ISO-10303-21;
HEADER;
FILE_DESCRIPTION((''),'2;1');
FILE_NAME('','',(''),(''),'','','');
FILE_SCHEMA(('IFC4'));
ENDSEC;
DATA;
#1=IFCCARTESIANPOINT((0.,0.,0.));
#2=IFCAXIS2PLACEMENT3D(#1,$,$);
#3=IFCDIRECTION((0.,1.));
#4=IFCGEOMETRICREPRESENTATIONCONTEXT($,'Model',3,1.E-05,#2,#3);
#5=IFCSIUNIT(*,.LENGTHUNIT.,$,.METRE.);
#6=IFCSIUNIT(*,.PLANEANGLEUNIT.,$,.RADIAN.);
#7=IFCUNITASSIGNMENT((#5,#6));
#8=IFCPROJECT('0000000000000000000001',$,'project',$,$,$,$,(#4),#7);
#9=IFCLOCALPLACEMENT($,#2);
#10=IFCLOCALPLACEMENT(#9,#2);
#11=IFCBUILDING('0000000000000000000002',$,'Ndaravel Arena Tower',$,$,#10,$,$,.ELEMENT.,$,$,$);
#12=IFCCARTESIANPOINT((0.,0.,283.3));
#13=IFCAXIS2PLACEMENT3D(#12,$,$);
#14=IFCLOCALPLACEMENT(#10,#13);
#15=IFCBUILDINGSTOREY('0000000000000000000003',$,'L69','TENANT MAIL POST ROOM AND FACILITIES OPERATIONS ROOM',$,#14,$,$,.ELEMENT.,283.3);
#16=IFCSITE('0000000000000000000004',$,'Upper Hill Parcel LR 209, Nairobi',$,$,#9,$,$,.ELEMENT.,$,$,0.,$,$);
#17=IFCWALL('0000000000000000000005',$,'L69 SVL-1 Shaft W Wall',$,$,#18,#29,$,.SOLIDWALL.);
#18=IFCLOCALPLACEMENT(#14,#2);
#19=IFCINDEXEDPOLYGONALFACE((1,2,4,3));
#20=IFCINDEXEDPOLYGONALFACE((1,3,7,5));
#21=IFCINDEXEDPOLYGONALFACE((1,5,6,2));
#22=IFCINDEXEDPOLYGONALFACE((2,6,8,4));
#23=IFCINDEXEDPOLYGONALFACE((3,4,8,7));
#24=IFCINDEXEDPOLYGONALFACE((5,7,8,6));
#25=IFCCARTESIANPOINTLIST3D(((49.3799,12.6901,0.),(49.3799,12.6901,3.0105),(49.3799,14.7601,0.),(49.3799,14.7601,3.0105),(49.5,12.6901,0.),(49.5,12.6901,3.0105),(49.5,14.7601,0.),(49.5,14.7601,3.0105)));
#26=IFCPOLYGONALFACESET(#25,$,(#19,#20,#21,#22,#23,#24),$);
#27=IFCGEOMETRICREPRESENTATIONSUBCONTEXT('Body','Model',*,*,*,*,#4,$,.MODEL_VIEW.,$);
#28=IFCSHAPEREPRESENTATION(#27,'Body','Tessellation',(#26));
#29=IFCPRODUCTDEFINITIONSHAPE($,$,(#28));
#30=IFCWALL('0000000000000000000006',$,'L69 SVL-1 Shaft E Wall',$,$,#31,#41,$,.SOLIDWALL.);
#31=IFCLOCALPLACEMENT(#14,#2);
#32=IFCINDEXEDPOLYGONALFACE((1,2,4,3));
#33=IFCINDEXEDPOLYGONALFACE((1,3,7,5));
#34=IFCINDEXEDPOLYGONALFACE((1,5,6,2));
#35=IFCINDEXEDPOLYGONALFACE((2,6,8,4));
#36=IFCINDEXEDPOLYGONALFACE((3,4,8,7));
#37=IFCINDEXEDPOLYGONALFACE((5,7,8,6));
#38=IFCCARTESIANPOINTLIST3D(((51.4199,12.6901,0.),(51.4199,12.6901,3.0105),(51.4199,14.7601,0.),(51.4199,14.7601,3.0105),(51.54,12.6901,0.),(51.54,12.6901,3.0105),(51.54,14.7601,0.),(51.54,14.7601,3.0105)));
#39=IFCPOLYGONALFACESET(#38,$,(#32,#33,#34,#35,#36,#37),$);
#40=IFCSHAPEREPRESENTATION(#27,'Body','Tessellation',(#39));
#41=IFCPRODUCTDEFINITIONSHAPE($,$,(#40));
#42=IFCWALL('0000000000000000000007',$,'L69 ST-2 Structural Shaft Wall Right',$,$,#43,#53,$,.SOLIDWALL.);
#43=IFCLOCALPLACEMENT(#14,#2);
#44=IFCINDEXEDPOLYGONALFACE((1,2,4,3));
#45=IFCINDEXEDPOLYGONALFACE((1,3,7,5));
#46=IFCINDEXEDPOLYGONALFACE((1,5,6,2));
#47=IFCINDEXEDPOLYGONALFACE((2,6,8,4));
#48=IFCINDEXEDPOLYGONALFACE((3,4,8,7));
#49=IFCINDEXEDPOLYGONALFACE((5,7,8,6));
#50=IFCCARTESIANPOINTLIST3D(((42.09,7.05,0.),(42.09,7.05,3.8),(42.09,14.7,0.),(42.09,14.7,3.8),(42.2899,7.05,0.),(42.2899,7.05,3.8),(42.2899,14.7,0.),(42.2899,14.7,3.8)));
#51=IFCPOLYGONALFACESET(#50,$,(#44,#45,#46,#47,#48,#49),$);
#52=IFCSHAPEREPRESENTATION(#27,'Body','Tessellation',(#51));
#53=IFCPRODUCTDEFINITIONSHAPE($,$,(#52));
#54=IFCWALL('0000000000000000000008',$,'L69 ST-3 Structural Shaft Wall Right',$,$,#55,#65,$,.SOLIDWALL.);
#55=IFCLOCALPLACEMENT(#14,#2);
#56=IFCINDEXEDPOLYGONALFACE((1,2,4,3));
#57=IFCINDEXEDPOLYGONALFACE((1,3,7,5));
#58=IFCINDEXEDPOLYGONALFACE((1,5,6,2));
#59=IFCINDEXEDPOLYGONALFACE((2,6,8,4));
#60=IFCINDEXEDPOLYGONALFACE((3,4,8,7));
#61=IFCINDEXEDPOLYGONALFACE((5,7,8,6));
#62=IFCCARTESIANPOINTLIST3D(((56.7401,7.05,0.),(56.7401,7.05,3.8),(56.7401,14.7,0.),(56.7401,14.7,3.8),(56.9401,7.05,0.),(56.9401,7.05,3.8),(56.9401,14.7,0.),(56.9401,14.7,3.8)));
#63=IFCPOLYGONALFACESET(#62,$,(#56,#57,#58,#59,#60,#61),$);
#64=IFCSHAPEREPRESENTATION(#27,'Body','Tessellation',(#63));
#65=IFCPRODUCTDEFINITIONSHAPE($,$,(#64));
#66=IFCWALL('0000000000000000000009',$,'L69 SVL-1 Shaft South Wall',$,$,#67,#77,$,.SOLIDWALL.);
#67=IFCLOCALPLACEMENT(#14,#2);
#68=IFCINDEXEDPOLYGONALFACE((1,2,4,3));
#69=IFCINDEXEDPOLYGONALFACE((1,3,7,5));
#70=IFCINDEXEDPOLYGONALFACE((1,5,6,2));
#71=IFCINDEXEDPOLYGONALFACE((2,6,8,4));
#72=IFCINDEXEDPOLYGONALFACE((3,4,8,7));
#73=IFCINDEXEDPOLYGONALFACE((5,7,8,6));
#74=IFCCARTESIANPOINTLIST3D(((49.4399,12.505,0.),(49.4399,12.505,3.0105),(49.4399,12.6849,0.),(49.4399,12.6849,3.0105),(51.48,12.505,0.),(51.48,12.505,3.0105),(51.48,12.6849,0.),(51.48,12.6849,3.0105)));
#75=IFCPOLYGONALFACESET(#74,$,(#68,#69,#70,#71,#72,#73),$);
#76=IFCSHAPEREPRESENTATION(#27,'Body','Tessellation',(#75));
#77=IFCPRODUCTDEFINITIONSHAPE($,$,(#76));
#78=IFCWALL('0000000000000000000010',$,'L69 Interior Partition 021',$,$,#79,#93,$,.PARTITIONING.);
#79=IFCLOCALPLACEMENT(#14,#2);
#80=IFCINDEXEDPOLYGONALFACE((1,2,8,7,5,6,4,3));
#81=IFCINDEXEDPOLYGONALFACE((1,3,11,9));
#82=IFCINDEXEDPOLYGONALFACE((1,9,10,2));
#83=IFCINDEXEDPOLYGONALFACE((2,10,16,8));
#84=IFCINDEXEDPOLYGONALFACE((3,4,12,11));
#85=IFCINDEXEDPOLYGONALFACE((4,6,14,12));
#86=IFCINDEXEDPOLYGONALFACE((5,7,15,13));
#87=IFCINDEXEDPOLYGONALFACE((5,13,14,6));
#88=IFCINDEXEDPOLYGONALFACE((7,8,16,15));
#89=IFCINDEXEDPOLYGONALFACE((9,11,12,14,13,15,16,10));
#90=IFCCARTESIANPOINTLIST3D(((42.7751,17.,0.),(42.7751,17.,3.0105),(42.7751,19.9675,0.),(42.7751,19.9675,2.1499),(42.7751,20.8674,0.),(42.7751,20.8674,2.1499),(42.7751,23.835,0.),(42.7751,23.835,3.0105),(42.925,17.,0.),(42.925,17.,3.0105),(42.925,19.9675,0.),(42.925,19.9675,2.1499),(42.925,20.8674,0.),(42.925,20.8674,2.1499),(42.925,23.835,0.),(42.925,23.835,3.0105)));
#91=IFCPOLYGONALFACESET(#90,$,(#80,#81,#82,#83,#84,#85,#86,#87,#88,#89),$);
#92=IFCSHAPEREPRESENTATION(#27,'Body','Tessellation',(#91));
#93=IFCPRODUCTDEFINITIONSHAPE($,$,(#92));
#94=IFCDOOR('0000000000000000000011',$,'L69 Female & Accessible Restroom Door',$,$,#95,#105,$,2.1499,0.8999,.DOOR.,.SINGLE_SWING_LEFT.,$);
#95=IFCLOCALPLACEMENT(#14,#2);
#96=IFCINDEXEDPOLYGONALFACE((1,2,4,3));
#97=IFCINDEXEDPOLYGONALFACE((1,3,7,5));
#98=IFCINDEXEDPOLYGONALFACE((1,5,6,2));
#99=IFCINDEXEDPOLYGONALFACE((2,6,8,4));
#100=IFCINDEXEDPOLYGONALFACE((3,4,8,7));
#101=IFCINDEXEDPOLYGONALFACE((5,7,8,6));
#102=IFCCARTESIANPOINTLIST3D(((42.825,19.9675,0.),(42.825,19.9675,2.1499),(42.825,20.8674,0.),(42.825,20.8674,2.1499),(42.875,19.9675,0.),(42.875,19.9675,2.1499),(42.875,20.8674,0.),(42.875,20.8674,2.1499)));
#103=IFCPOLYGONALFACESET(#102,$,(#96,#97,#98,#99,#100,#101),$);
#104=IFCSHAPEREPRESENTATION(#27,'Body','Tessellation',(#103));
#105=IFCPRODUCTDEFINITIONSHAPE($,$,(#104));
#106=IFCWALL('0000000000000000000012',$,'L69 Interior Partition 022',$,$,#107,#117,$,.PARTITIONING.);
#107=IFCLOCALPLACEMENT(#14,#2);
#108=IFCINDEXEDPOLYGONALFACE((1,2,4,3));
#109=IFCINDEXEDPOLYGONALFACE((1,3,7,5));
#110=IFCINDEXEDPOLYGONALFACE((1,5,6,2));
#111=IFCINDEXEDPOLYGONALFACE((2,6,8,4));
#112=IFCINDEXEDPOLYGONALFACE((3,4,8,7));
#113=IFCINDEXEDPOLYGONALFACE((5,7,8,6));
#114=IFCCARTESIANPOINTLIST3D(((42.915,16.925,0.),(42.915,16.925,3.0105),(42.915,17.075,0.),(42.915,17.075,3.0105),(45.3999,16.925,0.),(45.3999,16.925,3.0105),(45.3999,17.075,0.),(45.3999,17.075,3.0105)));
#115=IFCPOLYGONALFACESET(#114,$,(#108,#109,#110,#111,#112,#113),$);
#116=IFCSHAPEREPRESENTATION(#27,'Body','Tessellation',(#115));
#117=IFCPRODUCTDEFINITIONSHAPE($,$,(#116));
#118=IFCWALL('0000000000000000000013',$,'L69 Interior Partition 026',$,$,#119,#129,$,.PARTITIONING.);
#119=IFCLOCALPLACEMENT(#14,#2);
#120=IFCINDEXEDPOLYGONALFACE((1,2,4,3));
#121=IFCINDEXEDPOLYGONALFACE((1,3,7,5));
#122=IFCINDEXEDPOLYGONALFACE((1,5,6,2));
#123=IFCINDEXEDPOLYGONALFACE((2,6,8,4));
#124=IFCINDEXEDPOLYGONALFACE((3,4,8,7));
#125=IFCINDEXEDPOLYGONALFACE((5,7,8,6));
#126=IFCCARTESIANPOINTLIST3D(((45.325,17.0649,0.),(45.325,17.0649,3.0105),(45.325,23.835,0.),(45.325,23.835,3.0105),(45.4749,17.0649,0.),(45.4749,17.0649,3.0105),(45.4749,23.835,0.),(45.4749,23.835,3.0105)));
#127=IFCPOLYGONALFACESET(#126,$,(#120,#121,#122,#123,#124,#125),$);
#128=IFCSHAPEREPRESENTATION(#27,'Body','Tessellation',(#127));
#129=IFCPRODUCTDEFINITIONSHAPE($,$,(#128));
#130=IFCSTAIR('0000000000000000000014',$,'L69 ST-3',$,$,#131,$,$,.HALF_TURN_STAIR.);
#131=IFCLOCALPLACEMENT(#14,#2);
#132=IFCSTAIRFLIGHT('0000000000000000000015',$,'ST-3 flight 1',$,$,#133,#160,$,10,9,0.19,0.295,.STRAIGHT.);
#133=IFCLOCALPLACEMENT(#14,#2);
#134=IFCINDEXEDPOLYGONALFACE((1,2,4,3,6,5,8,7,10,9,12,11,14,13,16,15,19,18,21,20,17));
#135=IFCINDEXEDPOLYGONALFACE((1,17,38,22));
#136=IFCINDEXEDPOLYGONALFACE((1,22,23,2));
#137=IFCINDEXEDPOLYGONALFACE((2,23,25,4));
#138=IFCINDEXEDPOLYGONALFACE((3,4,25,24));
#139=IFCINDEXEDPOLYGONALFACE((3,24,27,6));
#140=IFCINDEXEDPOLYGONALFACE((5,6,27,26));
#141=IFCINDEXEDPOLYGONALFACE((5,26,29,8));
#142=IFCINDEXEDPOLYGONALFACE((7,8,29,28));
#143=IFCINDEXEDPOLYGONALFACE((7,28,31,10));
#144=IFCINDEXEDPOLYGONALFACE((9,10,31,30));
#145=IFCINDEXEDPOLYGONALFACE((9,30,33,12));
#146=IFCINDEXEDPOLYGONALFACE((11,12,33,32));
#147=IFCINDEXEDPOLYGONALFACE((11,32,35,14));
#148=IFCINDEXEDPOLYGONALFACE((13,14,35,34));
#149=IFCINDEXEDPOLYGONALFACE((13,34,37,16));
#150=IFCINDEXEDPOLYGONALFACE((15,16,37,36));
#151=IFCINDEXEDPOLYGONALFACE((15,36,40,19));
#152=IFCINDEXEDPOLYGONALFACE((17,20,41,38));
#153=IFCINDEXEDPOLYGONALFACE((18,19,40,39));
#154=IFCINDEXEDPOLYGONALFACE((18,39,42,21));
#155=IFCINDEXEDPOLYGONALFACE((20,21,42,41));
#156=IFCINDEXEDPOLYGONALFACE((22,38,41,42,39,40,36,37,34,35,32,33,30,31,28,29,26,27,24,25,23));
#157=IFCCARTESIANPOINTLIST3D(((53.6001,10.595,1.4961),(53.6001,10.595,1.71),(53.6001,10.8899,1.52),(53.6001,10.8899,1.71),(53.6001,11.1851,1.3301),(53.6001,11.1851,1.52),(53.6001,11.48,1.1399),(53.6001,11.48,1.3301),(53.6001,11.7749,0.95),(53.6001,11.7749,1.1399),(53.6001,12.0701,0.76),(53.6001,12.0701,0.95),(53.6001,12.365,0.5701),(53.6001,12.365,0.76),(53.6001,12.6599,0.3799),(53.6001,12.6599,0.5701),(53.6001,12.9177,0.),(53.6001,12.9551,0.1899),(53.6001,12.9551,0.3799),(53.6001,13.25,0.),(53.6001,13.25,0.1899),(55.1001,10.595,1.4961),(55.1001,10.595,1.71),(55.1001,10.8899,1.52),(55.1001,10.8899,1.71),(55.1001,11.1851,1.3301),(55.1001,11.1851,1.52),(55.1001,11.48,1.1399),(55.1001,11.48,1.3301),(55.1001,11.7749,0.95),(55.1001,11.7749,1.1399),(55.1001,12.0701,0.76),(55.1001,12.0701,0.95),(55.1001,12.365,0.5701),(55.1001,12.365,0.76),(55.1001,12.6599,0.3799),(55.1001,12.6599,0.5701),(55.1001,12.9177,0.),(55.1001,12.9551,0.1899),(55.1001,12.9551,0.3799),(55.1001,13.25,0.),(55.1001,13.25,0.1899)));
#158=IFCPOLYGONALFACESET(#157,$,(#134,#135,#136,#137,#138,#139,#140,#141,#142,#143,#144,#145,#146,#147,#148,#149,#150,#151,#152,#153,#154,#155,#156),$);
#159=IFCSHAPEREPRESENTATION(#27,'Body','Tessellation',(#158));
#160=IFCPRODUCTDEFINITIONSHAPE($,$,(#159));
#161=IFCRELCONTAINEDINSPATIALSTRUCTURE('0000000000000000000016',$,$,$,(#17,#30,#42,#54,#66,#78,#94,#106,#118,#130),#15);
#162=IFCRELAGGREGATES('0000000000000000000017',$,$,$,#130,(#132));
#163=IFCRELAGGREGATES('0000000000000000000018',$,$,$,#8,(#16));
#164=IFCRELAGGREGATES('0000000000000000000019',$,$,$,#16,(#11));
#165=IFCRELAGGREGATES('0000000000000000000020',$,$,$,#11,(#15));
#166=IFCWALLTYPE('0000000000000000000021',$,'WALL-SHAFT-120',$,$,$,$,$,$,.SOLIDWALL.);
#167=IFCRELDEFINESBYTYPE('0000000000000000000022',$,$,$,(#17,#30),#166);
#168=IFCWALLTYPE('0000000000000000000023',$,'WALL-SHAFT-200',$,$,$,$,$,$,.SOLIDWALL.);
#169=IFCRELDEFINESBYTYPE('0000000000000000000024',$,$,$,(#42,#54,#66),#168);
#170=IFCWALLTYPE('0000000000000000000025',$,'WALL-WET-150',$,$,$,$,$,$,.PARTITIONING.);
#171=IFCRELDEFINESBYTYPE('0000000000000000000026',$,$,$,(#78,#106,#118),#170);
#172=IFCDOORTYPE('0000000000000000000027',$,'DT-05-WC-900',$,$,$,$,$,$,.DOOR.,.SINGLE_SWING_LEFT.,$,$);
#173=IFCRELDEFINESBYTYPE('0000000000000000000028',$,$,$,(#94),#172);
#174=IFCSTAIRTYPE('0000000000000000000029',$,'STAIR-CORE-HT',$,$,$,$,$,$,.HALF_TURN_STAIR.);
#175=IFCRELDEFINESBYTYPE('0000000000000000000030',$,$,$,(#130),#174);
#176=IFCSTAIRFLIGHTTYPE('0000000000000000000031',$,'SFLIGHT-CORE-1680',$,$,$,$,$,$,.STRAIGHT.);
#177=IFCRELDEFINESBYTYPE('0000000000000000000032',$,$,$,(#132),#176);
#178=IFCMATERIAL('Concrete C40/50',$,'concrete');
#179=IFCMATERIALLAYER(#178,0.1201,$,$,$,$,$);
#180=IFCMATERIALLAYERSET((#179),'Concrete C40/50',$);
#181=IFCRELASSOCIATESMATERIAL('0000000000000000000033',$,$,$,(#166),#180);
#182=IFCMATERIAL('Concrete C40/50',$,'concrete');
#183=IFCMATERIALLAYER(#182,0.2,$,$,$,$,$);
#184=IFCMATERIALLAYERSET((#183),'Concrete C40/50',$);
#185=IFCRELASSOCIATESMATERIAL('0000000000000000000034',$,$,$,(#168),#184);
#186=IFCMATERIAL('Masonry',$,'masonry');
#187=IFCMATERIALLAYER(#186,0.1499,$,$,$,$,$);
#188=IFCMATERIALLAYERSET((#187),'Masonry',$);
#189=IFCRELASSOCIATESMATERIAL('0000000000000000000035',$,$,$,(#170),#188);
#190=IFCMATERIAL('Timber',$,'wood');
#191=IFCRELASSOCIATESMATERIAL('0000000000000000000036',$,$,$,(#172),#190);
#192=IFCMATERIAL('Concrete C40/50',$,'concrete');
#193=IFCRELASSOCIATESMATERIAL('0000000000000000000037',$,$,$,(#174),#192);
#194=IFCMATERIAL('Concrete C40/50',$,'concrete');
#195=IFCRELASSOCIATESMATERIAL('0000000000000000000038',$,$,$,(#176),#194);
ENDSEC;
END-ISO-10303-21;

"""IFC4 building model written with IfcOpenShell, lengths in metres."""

from ifc_helpers import new_model, si_unit, direction, frame, frame_2d, origin, place, context, subcontext, project, spatial, polyline, rectangle, outline, extrude, material, layer, layer_set, type_object, element, fill, aggregate, save


model = new_model("IFC4")

# Units and contexts
model_context = context("Model", 3, precision=1e-05, world=origin(), true_north=direction((0.0, 1.0)))
body_context = subcontext(model_context, "Body", "Model", "MODEL_VIEW")
ifc_project = project(units=[si_unit("LENGTHUNIT", "METRE"), si_unit("PLANEANGLEUNIT", "RADIAN")], contexts=[model_context])

# Site, building, storey
site_placement = place(None, origin())
site = spatial("IfcSite", under=ifc_project, at=site_placement, Name="Upper Hill Parcel LR 209, Nairobi", CompositionType="ELEMENT", RefElevation=0.0)
building_placement = place(site_placement, origin())
building = spatial("IfcBuilding", under=site, at=building_placement, Name="Ndaravel Arena Tower", CompositionType="ELEMENT")
storey_placement = place(building_placement, frame((0.0, 0.0, 283.3)))
storey = spatial("IfcBuildingStorey", under=building, at=storey_placement, Name="L69", Description="TENANT MAIL POST ROOM AND FACILITIES OPERATIONS ROOM", CompositionType="ELEMENT", Elevation=283.3)

# Walls
ifc_material_1 = material(Name="Concrete C40/50", Category="concrete")
ifc_layer_1 = layer(ifc_material_1, 0.1201)
ifc_layer_set_1 = layer_set([ifc_layer_1], Name="Concrete C40/50")
wall_type_1 = type_object("IfcWallType", Name="WALL-SHAFT-120", PredefinedType="SOLIDWALL", material=ifc_layer_set_1)
for number, where, z_axis, x_axis, name in (
    (1, (49.4399, 12.6899, 0.0), (0.0, 0.0, 1.0), (0.0, 1.0, 0.0), "L69 SVL-1 Shaft W Wall"),
    (2, (51.48, 12.6899, 0.0), (0.0, 0.0, 1.0), (0.0, 1.0, 0.0), "L69 SVL-1 Shaft E Wall"),
):
    element("IfcWall", number, at=place(storey_placement, frame(where, z_axis=z_axis, x_axis=x_axis)), inside=storey, type_object=wall_type_1, Name=name, PredefinedType="SOLIDWALL", context=body_context, shape_type="SweptSolid", body=[
        extrude(rectangle(XDim=2.0701, YDim=0.1201, at=frame_2d((1.0352, 0.0))), origin(), (0.0, 0.0, 1.0), 3.0105),
    ])
ifc_material_2 = material(Name="Concrete C40/50", Category="concrete")
ifc_layer_2 = layer(ifc_material_2, 0.2)
ifc_layer_set_2 = layer_set([ifc_layer_2], Name="Concrete C40/50")
wall_type_2 = type_object("IfcWallType", Name="WALL-SHAFT-200", PredefinedType="SOLIDWALL", material=ifc_layer_set_2)
for number, where, z_axis, x_axis, name in (
    (3, (42.1899, 14.7, 0.0), (0.0, 0.0, 1.0), (0.0, -1.0, 0.0), "L69 ST-2 Structural Shaft Wall Right"),
    (4, (56.8401, 14.7, 0.0), (0.0, 0.0, 1.0), (0.0, -1.0, 0.0), "L69 ST-3 Structural Shaft Wall Right"),
):
    element("IfcWall", number, at=place(storey_placement, frame(where, z_axis=z_axis, x_axis=x_axis)), inside=storey, type_object=wall_type_2, Name=name, PredefinedType="SOLIDWALL", context=body_context, shape_type="SweptSolid", body=[
        extrude(rectangle(XDim=7.6499, YDim=0.2, at=frame_2d((3.825, 0.0))), origin(), (0.0, 0.0, 1.0), 3.8),
    ])
wall_1_placement = place(storey_placement, frame((49.4399, 12.595, 0.0), z_axis=(0.0, 0.0, 1.0), x_axis=(1.0, 0.0, 0.0)))
element("IfcWall", 5, at=wall_1_placement, inside=storey, type_object=wall_type_2, Name="L69 SVL-1 Shaft South Wall", PredefinedType="SOLIDWALL", context=body_context, shape_type="SweptSolid", body=[
    extrude(rectangle(XDim=2.04, YDim=0.1799, at=frame_2d((1.02, 0.0))), origin(), (0.0, 0.0, 1.0), 3.0105),
])

# Wall, opening, door
ifc_material_3 = material(Name="Masonry", Category="masonry")
ifc_layer_3 = layer(ifc_material_3, 0.1499)
ifc_layer_set_3 = layer_set([ifc_layer_3], Name="Masonry")
wall_type_3 = type_object("IfcWallType", Name="WALL-WET-150", PredefinedType="PARTITIONING", material=ifc_layer_set_3)
wall_2_placement = place(storey_placement, frame((42.8501, 23.835, 0.0), z_axis=(0.0, 0.0, 1.0), x_axis=(0.0, -1.0, 0.0)))
wall_2 = element("IfcWall", 6, at=wall_2_placement, inside=storey, type_object=wall_type_3, Name="L69 Interior Partition 021", PredefinedType="PARTITIONING", context=body_context, shape_type="SweptSolid", body=[
    extrude(rectangle(XDim=6.835, YDim=0.1499, at=frame_2d((3.4175, 0.0))), origin(), (0.0, 0.0, 1.0), 3.0105),
])
opening_1_placement = place(wall_2_placement, frame((2.9675, 0.0, 0.0)))
opening_1 = element("IfcOpeningElement", 7, at=opening_1_placement, cuts=wall_2, PredefinedType="OPENING", context=body_context, shape_type="SweptSolid", body=[
    extrude(rectangle(XDim=0.8999, YDim=2.1499, at=frame_2d((0.45, 1.075))), frame((0.0, 0.075, 0.0), z_axis=(0.0, -1.0, 0.0), x_axis=(1.0, 0.0, 0.0)), (0.0, 0.0, 1.0), 0.1499),
])
ifc_material_4 = material(Name="Timber", Category="wood")
door_type_1 = type_object("IfcDoorType", Name="DT-05-WC-900", OperationType="SINGLE_SWING_LEFT", PredefinedType="DOOR", material=ifc_material_4)
door_1_placement = place(opening_1_placement, origin())
door_1 = element("IfcDoor", 8, at=door_1_placement, inside=storey, type_object=door_type_1, Name="L69 Female & Accessible Restroom Door", OperationType="SINGLE_SWING_LEFT", OverallHeight=2.1499, OverallWidth=0.8999, PredefinedType="DOOR", context=body_context, shape_type="SweptSolid", body=[
    extrude(rectangle(XDim=0.8999, YDim=2.1499, at=frame_2d((0.45, 1.075))), frame((0.0, 0.0249, 0.0), z_axis=(0.0, -1.0, 0.0), x_axis=(1.0, 0.0, 0.0)), (0.0, 0.0, 1.0), 0.05),
])
fill(opening_1, door_1)

# Walls
wall_3_placement = place(storey_placement, frame((42.915, 17.0, 0.0), z_axis=(0.0, 0.0, 1.0), x_axis=(1.0, 0.0, 0.0)))
element("IfcWall", 9, at=wall_3_placement, inside=storey, type_object=wall_type_3, Name="L69 Interior Partition 022", PredefinedType="PARTITIONING", context=body_context, shape_type="SweptSolid", body=[
    extrude(rectangle(XDim=2.4849, YDim=0.1499, at=frame_2d((1.2424, 0.0))), origin(), (0.0, 0.0, 1.0), 3.0105),
])
wall_4_placement = place(storey_placement, frame((45.3999, 23.835, 0.0), z_axis=(0.0, 0.0, 1.0), x_axis=(0.0, -1.0, 0.0)))
element("IfcWall", 10, at=wall_4_placement, inside=storey, type_object=wall_type_3, Name="L69 Interior Partition 026", PredefinedType="PARTITIONING", context=body_context, shape_type="SweptSolid", body=[
    extrude(rectangle(XDim=6.77, YDim=0.1499, at=frame_2d((3.385, 0.0))), origin(), (0.0, 0.0, 1.0), 3.0105),
])

# Stair, stair flight
ifc_material_5 = material(Name="Concrete C40/50", Category="concrete")
stair_type = type_object("IfcStairType", Name="STAIR-CORE-HT", PredefinedType="HALF_TURN_STAIR", material=ifc_material_5)
stair_placement = place(storey_placement, origin())
stair = element("IfcStair", 11, at=stair_placement, inside=storey, type_object=stair_type, Name="L69 ST-3", PredefinedType="HALF_TURN_STAIR")
ifc_material_6 = material(Name="Concrete C40/50", Category="concrete")
stair_flight_type = type_object("IfcStairFlightType", Name="SFLIGHT-CORE-1680", PredefinedType="STRAIGHT", material=ifc_material_6)
stair_flight_placement = place(storey_placement, frame((54.3501, 13.25, 0.0), z_axis=(0.0, 0.0, 1.0), x_axis=(0.0, -1.0, 0.0)))
stair_flight = element("IfcStairFlight", 12, at=stair_flight_placement, type_object=stair_flight_type, Name="ST-3 flight 1", NumberOfRisers=10, NumberOfTreads=9, PredefinedType="STRAIGHT", RiserHeight=0.19, TreadLength=0.295, context=body_context, shape_type="SweptSolid", body=[
    extrude(outline(polyline([(0.0, 0.0), (0.0, 0.1899), (0.2949, 0.1899), (0.2949, 0.3799), (0.5901, 0.3799), (0.5901, 0.5701), (0.885, 0.5701), (0.885, 0.76), (1.1799, 0.76), (1.1799, 0.95), (1.4751, 0.95), (1.4751, 1.1399), (1.77, 1.1399), (1.77, 1.3301), (2.0649, 1.3301), (2.0649, 1.52), (2.3601, 1.52), (2.3601, 1.71), (2.655, 1.71), (2.655, 1.8999), (2.655, 1.4961), (0.3323, 0.0), (0.0, 0.0)])), frame((0.0, 0.75, 0.0), z_axis=(0.0, -1.0, 0.0), x_axis=(1.0, 0.0, 0.0)), (0.0, 0.0, 1.0), 1.5),
])
aggregate(stair, [stair_flight])

save(model, "model.ifc")
